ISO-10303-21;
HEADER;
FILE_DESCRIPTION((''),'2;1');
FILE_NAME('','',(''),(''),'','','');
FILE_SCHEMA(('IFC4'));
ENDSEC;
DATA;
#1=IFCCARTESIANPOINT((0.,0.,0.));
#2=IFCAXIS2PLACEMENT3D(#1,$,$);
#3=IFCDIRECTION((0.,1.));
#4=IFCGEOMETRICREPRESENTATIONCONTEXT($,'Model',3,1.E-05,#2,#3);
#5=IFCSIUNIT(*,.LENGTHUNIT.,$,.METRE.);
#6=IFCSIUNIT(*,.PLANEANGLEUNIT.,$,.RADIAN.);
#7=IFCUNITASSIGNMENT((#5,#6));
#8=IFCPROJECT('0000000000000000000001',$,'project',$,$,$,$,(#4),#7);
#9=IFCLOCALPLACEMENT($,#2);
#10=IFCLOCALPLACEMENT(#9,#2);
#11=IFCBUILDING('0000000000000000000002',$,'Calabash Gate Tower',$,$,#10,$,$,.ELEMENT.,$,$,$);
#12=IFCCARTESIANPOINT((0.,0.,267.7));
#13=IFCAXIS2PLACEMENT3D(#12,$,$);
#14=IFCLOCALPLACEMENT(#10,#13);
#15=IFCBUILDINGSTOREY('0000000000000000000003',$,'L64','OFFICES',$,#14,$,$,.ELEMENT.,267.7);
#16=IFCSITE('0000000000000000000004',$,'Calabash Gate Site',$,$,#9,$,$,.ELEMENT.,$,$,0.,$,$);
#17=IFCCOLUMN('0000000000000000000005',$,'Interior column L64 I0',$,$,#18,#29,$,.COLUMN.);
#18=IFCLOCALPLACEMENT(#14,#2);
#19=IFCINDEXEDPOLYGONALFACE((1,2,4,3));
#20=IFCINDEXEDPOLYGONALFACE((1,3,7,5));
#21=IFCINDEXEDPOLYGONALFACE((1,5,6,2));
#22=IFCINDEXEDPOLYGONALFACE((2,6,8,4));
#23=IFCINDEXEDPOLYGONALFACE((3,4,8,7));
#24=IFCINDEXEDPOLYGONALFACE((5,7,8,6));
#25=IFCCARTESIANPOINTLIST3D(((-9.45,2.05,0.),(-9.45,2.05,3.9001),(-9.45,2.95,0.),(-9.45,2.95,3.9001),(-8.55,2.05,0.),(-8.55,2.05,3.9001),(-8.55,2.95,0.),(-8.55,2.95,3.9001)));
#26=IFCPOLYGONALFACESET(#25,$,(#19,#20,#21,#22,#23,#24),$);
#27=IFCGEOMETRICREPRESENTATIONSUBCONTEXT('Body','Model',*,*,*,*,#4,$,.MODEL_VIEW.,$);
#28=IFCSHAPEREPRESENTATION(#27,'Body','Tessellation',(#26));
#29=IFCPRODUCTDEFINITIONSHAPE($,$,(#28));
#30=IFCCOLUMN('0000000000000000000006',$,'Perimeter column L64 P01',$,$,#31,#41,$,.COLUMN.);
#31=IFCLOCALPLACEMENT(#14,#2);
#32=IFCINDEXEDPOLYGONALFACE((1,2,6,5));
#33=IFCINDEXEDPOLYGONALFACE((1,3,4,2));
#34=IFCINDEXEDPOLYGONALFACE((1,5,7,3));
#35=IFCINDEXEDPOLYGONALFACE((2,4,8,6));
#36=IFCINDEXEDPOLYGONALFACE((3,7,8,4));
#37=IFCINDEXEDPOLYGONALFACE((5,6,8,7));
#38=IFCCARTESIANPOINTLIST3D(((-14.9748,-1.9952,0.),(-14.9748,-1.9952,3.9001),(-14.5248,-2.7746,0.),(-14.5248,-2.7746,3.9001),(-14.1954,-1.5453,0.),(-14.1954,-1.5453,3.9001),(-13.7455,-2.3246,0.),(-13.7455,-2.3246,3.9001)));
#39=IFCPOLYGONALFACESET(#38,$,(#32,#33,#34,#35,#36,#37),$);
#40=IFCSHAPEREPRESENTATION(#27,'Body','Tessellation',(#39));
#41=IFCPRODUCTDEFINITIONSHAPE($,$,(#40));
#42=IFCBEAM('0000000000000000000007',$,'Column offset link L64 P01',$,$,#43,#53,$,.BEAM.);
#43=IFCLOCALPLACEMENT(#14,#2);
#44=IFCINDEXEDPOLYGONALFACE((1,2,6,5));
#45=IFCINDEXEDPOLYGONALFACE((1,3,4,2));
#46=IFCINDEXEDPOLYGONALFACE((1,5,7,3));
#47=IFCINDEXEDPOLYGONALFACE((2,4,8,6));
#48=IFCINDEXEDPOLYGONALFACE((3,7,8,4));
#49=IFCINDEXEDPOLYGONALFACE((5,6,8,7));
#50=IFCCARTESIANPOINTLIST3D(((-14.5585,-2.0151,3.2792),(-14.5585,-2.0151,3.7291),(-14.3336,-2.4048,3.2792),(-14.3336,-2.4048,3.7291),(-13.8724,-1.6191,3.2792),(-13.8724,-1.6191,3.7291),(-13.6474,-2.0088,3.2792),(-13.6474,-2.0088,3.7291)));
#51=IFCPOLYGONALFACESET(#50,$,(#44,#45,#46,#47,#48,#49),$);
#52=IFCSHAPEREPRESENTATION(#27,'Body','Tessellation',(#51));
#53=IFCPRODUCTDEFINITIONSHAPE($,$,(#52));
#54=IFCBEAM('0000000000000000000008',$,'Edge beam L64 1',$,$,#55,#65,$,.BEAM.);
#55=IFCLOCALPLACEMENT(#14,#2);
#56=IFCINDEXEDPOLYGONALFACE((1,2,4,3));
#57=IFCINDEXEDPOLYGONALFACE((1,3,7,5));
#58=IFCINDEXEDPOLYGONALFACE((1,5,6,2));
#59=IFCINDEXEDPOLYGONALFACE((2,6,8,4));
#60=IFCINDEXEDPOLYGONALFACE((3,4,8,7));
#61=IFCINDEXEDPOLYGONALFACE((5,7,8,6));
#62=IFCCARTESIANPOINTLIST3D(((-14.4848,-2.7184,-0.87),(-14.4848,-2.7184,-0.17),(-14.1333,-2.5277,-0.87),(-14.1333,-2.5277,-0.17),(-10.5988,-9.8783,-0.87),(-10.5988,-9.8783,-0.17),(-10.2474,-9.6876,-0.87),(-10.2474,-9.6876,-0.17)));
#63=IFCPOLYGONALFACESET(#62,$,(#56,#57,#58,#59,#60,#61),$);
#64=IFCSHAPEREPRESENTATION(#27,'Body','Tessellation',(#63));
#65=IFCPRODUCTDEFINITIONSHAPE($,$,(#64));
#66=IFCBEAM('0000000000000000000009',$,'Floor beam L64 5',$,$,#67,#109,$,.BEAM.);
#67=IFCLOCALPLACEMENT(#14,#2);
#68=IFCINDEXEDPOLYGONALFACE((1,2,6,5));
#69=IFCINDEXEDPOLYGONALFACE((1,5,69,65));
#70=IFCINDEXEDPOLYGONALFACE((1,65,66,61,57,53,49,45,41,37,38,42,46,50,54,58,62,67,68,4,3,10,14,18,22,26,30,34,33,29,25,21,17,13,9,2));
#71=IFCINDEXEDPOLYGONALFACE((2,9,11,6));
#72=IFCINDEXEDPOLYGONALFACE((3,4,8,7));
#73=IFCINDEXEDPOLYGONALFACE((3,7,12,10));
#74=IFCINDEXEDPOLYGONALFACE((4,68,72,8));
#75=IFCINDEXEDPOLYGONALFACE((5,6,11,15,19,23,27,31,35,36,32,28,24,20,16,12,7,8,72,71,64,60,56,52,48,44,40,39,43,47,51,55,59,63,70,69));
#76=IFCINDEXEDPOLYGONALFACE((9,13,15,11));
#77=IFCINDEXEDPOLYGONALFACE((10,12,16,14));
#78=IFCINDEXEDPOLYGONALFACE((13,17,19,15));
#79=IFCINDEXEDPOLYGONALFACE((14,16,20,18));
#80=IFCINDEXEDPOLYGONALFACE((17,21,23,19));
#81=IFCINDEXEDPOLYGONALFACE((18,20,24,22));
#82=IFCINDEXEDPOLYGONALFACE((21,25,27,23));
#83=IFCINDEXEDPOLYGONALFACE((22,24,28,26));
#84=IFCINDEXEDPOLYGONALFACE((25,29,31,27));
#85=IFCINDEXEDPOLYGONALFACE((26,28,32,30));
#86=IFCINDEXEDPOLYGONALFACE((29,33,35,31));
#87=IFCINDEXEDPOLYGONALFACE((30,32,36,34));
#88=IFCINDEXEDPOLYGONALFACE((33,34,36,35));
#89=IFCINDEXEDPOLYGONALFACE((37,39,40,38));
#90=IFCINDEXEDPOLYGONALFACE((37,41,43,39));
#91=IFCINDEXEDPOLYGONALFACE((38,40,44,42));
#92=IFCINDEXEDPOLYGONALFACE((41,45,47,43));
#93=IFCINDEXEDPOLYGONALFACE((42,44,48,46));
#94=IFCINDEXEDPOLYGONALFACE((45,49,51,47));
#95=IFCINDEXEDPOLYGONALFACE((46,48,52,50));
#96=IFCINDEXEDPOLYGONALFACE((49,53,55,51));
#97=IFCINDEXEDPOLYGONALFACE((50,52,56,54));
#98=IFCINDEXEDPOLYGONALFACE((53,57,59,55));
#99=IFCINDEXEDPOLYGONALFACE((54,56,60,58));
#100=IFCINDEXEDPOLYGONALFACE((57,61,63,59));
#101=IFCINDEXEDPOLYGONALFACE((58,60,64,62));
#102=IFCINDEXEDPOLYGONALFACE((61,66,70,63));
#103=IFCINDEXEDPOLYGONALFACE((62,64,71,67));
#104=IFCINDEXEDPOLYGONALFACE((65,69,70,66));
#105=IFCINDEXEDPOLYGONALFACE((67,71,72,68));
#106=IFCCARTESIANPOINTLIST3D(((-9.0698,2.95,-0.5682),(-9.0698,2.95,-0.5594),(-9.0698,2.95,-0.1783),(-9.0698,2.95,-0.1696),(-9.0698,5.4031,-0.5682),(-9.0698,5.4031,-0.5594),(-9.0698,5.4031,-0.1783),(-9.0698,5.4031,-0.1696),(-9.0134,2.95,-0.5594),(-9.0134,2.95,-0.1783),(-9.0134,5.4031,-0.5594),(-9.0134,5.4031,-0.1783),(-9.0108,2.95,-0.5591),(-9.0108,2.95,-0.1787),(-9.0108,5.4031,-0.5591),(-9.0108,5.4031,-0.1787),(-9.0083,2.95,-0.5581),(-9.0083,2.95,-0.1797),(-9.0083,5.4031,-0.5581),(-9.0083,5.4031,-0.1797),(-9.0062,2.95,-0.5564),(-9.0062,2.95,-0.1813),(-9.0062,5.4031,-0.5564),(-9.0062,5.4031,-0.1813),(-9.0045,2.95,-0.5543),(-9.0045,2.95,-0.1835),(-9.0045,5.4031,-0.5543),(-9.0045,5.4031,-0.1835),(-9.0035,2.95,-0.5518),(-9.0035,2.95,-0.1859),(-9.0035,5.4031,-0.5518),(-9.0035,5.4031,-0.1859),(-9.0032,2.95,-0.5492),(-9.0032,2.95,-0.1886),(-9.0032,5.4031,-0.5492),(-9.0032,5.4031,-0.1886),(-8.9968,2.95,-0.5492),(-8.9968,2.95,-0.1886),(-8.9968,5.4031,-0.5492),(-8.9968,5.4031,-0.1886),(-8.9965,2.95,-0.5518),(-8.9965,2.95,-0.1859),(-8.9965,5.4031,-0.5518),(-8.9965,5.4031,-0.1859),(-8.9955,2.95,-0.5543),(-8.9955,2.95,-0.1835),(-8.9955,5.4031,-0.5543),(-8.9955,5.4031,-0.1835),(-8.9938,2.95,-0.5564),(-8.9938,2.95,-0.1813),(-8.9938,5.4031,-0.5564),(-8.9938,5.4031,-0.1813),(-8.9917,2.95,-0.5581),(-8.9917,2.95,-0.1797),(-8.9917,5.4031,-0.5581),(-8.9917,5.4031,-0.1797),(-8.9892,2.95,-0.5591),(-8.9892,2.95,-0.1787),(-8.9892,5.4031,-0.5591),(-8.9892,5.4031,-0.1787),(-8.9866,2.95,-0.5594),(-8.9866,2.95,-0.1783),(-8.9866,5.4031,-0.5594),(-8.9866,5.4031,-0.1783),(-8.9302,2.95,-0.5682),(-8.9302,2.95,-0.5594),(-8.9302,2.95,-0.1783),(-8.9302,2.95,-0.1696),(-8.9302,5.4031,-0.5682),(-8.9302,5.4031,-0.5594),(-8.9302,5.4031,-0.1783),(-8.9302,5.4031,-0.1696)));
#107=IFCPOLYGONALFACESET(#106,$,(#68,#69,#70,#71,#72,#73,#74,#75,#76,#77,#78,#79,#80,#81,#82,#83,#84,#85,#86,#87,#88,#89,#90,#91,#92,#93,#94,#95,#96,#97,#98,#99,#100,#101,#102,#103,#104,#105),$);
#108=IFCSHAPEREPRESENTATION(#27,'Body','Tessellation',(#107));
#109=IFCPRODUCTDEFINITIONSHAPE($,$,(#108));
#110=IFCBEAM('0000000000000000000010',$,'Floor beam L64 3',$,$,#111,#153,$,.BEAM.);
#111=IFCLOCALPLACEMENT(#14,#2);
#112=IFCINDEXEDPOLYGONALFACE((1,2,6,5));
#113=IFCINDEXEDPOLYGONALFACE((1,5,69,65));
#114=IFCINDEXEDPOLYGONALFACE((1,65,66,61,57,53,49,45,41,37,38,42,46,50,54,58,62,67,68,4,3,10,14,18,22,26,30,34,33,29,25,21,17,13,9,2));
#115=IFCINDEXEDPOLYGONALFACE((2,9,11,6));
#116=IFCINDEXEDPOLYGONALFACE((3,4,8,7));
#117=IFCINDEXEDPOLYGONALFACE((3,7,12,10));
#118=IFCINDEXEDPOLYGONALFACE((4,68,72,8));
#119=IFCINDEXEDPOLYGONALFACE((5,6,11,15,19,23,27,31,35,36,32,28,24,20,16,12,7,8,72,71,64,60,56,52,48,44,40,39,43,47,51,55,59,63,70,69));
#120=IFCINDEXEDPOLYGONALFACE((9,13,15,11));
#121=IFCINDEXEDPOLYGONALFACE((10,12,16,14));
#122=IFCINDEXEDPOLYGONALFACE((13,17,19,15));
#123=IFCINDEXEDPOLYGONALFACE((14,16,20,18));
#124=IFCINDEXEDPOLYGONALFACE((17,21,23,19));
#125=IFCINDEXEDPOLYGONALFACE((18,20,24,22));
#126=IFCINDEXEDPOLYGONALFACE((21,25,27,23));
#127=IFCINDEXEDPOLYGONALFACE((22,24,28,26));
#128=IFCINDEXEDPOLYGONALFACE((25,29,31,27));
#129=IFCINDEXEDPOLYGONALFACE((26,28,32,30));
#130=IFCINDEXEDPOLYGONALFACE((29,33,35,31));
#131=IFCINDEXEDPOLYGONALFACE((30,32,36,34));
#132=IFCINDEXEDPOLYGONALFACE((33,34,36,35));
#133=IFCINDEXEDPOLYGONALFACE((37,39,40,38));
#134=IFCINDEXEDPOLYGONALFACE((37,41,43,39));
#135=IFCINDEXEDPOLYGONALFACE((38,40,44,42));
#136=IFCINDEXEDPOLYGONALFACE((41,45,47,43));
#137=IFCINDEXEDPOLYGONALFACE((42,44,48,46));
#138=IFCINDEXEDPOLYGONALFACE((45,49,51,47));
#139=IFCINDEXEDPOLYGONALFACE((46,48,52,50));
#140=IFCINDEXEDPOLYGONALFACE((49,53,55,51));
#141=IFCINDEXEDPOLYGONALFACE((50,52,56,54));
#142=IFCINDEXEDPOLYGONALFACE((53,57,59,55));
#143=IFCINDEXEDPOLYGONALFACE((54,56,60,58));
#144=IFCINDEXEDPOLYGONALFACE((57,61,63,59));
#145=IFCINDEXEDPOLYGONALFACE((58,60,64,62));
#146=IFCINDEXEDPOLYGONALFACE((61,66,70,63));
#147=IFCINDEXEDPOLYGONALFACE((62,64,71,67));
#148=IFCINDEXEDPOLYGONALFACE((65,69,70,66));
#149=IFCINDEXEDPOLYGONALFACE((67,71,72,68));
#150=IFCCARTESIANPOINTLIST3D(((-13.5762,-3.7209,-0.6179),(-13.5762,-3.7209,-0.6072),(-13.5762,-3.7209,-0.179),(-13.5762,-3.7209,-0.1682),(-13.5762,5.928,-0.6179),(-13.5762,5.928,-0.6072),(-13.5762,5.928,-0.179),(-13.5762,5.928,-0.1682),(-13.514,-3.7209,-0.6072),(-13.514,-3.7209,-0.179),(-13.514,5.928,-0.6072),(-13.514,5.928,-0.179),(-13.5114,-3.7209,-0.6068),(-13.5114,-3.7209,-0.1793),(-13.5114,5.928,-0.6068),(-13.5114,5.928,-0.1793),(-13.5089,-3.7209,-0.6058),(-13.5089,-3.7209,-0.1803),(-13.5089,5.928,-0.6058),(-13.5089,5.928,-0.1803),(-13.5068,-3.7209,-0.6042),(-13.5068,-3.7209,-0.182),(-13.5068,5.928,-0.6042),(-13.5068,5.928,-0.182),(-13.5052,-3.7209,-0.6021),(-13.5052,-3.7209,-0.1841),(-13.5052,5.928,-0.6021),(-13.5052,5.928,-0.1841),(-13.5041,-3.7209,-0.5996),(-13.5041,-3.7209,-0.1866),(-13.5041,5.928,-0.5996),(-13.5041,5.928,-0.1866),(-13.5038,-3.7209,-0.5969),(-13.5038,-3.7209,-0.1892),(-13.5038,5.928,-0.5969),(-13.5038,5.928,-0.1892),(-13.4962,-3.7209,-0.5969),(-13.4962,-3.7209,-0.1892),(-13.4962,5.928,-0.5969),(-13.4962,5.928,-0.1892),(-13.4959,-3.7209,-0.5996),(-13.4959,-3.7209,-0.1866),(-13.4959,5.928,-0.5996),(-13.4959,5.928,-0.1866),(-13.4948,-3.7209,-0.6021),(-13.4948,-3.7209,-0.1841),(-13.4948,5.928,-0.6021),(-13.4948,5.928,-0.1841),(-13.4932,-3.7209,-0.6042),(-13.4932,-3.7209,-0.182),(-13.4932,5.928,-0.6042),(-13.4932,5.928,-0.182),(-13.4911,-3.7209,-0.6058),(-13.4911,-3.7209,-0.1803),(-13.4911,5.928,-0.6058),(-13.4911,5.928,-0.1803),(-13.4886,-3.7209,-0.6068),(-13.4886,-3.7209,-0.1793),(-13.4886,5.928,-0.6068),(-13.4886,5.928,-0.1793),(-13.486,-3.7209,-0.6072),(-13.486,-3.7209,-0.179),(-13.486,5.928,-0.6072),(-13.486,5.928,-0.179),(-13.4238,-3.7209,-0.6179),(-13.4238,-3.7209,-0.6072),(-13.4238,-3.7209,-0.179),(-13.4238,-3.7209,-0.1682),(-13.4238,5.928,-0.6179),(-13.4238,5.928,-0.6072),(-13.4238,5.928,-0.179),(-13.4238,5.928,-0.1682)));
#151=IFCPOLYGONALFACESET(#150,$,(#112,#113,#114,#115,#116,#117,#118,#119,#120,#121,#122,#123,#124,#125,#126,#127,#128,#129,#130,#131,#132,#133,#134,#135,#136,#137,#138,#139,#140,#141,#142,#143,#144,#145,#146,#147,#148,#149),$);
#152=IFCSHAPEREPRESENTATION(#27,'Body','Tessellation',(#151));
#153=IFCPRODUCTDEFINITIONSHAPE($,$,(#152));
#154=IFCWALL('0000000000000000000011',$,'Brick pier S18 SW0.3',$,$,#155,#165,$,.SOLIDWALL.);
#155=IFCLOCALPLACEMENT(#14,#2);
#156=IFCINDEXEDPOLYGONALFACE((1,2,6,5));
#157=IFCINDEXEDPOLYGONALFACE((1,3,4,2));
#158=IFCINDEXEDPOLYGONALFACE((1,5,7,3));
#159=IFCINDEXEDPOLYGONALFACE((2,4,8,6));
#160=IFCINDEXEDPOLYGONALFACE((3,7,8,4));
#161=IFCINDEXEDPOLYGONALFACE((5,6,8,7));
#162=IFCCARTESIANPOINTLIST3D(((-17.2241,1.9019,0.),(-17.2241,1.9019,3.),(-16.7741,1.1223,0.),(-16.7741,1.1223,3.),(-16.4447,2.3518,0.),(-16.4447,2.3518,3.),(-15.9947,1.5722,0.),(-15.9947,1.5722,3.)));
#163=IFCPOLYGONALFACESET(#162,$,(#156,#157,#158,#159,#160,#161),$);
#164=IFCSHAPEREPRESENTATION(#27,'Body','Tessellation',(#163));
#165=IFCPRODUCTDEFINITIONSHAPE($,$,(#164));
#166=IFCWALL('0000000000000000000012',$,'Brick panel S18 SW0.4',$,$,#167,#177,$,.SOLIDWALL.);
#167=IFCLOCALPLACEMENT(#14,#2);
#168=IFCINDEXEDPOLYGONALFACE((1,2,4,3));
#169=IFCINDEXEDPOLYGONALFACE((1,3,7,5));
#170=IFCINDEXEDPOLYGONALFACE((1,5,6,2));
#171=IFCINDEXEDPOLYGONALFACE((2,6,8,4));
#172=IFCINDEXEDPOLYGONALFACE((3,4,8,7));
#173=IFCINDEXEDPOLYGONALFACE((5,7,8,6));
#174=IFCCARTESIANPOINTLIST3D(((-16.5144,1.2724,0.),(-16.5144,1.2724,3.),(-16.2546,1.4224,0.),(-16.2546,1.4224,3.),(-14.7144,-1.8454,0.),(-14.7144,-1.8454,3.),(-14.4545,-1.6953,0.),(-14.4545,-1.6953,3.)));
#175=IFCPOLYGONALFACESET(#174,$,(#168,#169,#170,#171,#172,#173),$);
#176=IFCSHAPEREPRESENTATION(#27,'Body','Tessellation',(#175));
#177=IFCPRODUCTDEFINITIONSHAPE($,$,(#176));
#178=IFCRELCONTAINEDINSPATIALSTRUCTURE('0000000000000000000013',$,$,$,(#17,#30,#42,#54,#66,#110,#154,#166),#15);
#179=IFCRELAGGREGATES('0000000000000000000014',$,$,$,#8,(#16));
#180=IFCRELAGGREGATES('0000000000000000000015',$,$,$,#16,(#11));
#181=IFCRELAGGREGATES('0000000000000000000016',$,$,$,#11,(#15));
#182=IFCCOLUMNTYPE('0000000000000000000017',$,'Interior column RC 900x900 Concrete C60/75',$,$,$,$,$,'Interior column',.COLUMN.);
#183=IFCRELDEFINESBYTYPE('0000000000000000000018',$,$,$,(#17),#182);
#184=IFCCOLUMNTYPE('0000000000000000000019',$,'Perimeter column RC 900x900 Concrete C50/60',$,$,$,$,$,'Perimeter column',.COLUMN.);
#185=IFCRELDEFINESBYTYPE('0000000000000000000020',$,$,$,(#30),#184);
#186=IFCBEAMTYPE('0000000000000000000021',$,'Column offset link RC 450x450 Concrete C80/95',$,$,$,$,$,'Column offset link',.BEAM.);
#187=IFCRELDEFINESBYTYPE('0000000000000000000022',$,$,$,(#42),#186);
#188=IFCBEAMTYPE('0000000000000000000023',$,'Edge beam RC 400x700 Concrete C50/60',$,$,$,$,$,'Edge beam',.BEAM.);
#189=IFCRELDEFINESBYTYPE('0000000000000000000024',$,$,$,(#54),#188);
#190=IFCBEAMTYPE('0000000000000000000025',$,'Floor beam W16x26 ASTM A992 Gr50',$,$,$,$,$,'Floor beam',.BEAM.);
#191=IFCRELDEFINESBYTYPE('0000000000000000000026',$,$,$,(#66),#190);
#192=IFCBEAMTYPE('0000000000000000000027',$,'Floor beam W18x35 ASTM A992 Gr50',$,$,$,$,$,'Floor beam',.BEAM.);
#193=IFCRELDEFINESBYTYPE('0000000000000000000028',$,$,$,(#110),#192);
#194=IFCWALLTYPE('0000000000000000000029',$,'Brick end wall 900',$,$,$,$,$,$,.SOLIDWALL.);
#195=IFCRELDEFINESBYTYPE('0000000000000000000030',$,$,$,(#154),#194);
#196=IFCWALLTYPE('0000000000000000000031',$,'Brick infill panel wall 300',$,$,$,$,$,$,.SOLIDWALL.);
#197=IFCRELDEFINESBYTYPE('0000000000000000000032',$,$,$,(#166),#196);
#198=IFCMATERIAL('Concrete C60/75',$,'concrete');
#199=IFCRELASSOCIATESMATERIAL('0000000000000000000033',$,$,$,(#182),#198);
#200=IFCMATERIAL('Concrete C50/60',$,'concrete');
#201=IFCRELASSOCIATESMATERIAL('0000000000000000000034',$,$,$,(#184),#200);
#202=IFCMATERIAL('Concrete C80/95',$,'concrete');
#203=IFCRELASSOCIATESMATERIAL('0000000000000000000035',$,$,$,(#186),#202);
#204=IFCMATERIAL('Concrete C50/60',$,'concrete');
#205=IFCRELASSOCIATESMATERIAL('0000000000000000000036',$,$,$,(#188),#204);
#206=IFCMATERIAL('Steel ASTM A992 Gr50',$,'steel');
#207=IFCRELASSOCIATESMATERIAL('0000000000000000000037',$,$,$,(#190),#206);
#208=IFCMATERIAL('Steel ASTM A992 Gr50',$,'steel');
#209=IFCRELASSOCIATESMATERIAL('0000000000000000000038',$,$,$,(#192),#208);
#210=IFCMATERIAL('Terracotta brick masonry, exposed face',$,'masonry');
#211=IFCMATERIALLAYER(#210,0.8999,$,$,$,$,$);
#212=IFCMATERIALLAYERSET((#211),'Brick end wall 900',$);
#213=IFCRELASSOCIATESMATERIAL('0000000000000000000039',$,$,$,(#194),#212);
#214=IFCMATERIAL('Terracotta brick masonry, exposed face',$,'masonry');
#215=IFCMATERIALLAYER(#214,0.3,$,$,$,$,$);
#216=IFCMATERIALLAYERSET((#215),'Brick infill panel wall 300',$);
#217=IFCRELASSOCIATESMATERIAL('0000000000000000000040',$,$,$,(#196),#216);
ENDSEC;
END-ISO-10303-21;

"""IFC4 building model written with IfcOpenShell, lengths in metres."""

from ifc_helpers import new_model, si_unit, direction, frame, frame_2d, origin, origin_2d, place, context, subcontext, project, spatial, rectangle, i_section, extrude, material, layer, layer_set, material_profile, profile_set, type_object, element, save


model = new_model("IFC4")

# Units and contexts
model_context = context("Model", 3, precision=1e-05, world=origin(), true_north=direction((0.0, 1.0)))
body_context = subcontext(model_context, "Body", "Model", "MODEL_VIEW")
ifc_project = project(units=[si_unit("LENGTHUNIT", "METRE"), si_unit("PLANEANGLEUNIT", "RADIAN")], contexts=[model_context])

# Site, building, storey
site_placement = place(None, origin())
site = spatial("IfcSite", under=ifc_project, at=site_placement, Name="Calabash Gate Site", CompositionType="ELEMENT", RefElevation=0.0)
building_placement = place(site_placement, origin())
building = spatial("IfcBuilding", under=site, at=building_placement, Name="Calabash Gate Tower", CompositionType="ELEMENT")
storey_placement = place(building_placement, frame((0.0, 0.0, 267.7)))
storey = spatial("IfcBuildingStorey", under=building, at=storey_placement, Name="L64", Description="OFFICES", CompositionType="ELEMENT", Elevation=267.7)

# Columns
ifc_material_1 = material(Name="Concrete C60/75", Category="concrete")
ifc_material_profile_1 = material_profile(ifc_material_1, rectangle(XDim=0.8999, YDim=0.8999, at=origin_2d()))
ifc_profile_set_1 = profile_set([ifc_material_profile_1], Name="Concrete C60/75")
column_type_1 = type_object("IfcColumnType", Name="Interior column RC 900x900 Concrete C60/75", ElementType="Interior column", PredefinedType="COLUMN", material=ifc_profile_set_1)
column_1_placement = place(storey_placement, frame((-9.0, 2.5, 0.0), z_axis=(0.0, 0.0, 1.0), x_axis=(1.0, 0.0, 0.0)))
element("IfcColumn", 1, at=column_1_placement, inside=storey, type_object=column_type_1, Name="Interior column L64 I0", PredefinedType="COLUMN", context=body_context, shape_type="SweptSolid", body=[
    extrude(rectangle(XDim=0.8999, YDim=0.8999, at=origin_2d()), origin(), (0.0, 0.0, 1.0), 3.9001),
])
ifc_material_2 = material(Name="Concrete C50/60", Category="concrete")
ifc_material_profile_2 = material_profile(ifc_material_2, rectangle(XDim=0.8999, YDim=0.8999, at=origin_2d()))
ifc_profile_set_2 = profile_set([ifc_material_profile_2], Name="Concrete C50/60")
column_type_2 = type_object("IfcColumnType", Name="Perimeter column RC 900x900 Concrete C50/60", ElementType="Perimeter column", PredefinedType="COLUMN", material=ifc_profile_set_2)
column_2_placement = place(storey_placement, frame((-14.3601, -2.1599, 0.0), z_axis=(0.0, 0.0, 1.0), x_axis=(0.5, -0.866025, 0.0)))
element("IfcColumn", 2, at=column_2_placement, inside=storey, type_object=column_type_2, Name="Perimeter column L64 P01", PredefinedType="COLUMN", context=body_context, shape_type="SweptSolid", body=[
    extrude(rectangle(XDim=0.8999, YDim=0.8999, at=origin_2d()), origin(), (0.0, 0.0, 1.0), 3.9001),
])

# Beams
ifc_material_3 = material(Name="Concrete C80/95", Category="concrete")
ifc_material_profile_3 = material_profile(ifc_material_3, rectangle(XDim=0.45, YDim=0.45, at=origin_2d()))
ifc_profile_set_3 = profile_set([ifc_material_profile_3], Name="Concrete C80/95")
beam_type_1 = type_object("IfcBeamType", Name="Column offset link RC 450x450 Concrete C80/95", ElementType="Column offset link", PredefinedType="BEAM", material=ifc_profile_set_3)
beam_1_placement = place(storey_placement, frame((-14.446, -2.21, 3.5042), z_axis=(0.866073, 0.499918, 0.0), x_axis=(-0.499918, 0.866073, 0.0)))
element("IfcBeam", 3, at=beam_1_placement, inside=storey, type_object=beam_type_1, Name="Column offset link L64 P01", PredefinedType="BEAM", context=body_context, shape_type="SweptSolid", body=[
    extrude(rectangle(XDim=0.45, YDim=0.45, at=origin_2d()), origin(), (0.0, 0.0, 1.0), 0.7922),
])
ifc_material_4 = material(Name="Concrete C50/60", Category="concrete")
ifc_material_profile_4 = material_profile(ifc_material_4, rectangle(XDim=0.3999, YDim=0.7, at=origin_2d()))
ifc_profile_set_4 = profile_set([ifc_material_profile_4], Name="Concrete C50/60")
beam_type_2 = type_object("IfcBeamType", Name="Edge beam RC 400x700 Concrete C50/60", ElementType="Edge beam", PredefinedType="BEAM", material=ifc_profile_set_4)
beam_2_placement = place(storey_placement, frame((-14.3091, -2.623, -0.52), z_axis=(0.477014, -0.878896, 0.0), x_axis=(0.878896, 0.477014, 0.0)))
element("IfcBeam", 4, at=beam_2_placement, inside=storey, type_object=beam_type_2, Name="Edge beam L64 1", PredefinedType="BEAM", context=body_context, shape_type="SweptSolid", body=[
    extrude(rectangle(XDim=0.3999, YDim=0.7, at=origin_2d()), origin(), (0.0, 0.0, 1.0), 8.1465),
])
ifc_material_5 = material(Name="Steel ASTM A992 Gr50", Category="steel")
ifc_material_profile_5 = material_profile(ifc_material_5, i_section(OverallWidth=0.1396, OverallDepth=0.3987, WebThickness=0.0063, FlangeThickness=0.0088, FilletRadius=0.0103, at=origin_2d()))
ifc_profile_set_5 = profile_set([ifc_material_profile_5], Name="Steel ASTM A992 Gr50")
beam_type_3 = type_object("IfcBeamType", Name="Floor beam W16x26 ASTM A992 Gr50", ElementType="Floor beam", PredefinedType="BEAM", material=ifc_profile_set_5)
beam_3_placement = place(storey_placement, frame((-9.0, 2.95, -0.3689), z_axis=(0.0, 1.0, 0.0), x_axis=(-1.0, 0.0, 0.0)))
element("IfcBeam", 5, at=beam_3_placement, inside=storey, type_object=beam_type_3, Name="Floor beam L64 5", PredefinedType="BEAM", context=body_context, shape_type="SweptSolid", body=[
    extrude(i_section(OverallWidth=0.1396, OverallDepth=0.3987, WebThickness=0.0063, FlangeThickness=0.0088, FilletRadius=0.0103, at=origin_2d()), origin(), (0.0, 0.0, 1.0), 2.4531),
])
ifc_material_6 = material(Name="Steel ASTM A992 Gr50", Category="steel")
ifc_material_profile_6 = material_profile(ifc_material_6, i_section(OverallWidth=0.1523, OverallDepth=0.4497, WebThickness=0.0076, FlangeThickness=0.0107, FilletRadius=0.0103, at=origin_2d()))
ifc_profile_set_6 = profile_set([ifc_material_profile_6], Name="Steel ASTM A992 Gr50")
beam_type_4 = type_object("IfcBeamType", Name="Floor beam W18x35 ASTM A992 Gr50", ElementType="Floor beam", PredefinedType="BEAM", material=ifc_profile_set_6)
beam_4_placement = place(storey_placement, frame((-13.5, -3.7209, -0.3931), z_axis=(0.0, 1.0, 0.0), x_axis=(-1.0, 0.0, 0.0)))
element("IfcBeam", 6, at=beam_4_placement, inside=storey, type_object=beam_type_4, Name="Floor beam L64 3", PredefinedType="BEAM", context=body_context, shape_type="SweptSolid", body=[
    extrude(i_section(OverallWidth=0.1523, OverallDepth=0.4497, WebThickness=0.0076, FlangeThickness=0.0107, FilletRadius=0.0103, at=origin_2d()), origin(), (0.0, 0.0, 1.0), 9.6489),
])

# Walls
ifc_material_7 = material(Name="Terracotta brick masonry, exposed face", Category="masonry")
ifc_layer_1 = layer(ifc_material_7, 0.8999)
ifc_layer_set_1 = layer_set([ifc_layer_1], Name="Brick end wall 900")
wall_type_1 = type_object("IfcWallType", Name="Brick end wall 900", PredefinedType="SOLIDWALL", material=ifc_layer_set_1)
wall_1_placement = place(storey_placement, frame((-16.8345, 2.127, 0.0), z_axis=(0.0, 0.0, 1.0), x_axis=(0.499902, -0.866082, 0.0)))
element("IfcWall", 7, at=wall_1_placement, inside=storey, type_object=wall_type_1, Name="Brick pier S18 SW0.3", PredefinedType="SOLIDWALL", context=body_context, shape_type="SweptSolid", body=[
    extrude(rectangle(XDim=0.9001, YDim=0.8999, at=frame_2d((0.4502, 0.0))), origin(), (0.0, 0.0, 1.0), 3.0),
])
ifc_material_8 = material(Name="Terracotta brick masonry, exposed face", Category="masonry")
ifc_layer_2 = layer(ifc_material_8, 0.3)
ifc_layer_set_2 = layer_set([ifc_layer_2], Name="Brick infill panel wall 300")
wall_type_2 = type_object("IfcWallType", Name="Brick infill panel wall 300", PredefinedType="SOLIDWALL", material=ifc_layer_set_2)
for number, where, z_axis, x_axis, name in (
    (8, (-16.3845, 1.3474, 0.0), (0.0, 0.0, 1.0), (0.500012, -0.866018, 0.0), "Brick panel S18 SW0.4"),
):
    element("IfcWall", number, at=place(storey_placement, frame(where, z_axis=z_axis, x_axis=x_axis)), inside=storey, type_object=wall_type_2, Name=name, PredefinedType="SOLIDWALL", context=body_context, shape_type="SweptSolid", body=[
        extrude(rectangle(XDim=3.6001, YDim=0.3, at=frame_2d((1.8, 0.0))), origin(), (0.0, 0.0, 1.0), 3.0),
    ])

save(model, "model.ifc")
